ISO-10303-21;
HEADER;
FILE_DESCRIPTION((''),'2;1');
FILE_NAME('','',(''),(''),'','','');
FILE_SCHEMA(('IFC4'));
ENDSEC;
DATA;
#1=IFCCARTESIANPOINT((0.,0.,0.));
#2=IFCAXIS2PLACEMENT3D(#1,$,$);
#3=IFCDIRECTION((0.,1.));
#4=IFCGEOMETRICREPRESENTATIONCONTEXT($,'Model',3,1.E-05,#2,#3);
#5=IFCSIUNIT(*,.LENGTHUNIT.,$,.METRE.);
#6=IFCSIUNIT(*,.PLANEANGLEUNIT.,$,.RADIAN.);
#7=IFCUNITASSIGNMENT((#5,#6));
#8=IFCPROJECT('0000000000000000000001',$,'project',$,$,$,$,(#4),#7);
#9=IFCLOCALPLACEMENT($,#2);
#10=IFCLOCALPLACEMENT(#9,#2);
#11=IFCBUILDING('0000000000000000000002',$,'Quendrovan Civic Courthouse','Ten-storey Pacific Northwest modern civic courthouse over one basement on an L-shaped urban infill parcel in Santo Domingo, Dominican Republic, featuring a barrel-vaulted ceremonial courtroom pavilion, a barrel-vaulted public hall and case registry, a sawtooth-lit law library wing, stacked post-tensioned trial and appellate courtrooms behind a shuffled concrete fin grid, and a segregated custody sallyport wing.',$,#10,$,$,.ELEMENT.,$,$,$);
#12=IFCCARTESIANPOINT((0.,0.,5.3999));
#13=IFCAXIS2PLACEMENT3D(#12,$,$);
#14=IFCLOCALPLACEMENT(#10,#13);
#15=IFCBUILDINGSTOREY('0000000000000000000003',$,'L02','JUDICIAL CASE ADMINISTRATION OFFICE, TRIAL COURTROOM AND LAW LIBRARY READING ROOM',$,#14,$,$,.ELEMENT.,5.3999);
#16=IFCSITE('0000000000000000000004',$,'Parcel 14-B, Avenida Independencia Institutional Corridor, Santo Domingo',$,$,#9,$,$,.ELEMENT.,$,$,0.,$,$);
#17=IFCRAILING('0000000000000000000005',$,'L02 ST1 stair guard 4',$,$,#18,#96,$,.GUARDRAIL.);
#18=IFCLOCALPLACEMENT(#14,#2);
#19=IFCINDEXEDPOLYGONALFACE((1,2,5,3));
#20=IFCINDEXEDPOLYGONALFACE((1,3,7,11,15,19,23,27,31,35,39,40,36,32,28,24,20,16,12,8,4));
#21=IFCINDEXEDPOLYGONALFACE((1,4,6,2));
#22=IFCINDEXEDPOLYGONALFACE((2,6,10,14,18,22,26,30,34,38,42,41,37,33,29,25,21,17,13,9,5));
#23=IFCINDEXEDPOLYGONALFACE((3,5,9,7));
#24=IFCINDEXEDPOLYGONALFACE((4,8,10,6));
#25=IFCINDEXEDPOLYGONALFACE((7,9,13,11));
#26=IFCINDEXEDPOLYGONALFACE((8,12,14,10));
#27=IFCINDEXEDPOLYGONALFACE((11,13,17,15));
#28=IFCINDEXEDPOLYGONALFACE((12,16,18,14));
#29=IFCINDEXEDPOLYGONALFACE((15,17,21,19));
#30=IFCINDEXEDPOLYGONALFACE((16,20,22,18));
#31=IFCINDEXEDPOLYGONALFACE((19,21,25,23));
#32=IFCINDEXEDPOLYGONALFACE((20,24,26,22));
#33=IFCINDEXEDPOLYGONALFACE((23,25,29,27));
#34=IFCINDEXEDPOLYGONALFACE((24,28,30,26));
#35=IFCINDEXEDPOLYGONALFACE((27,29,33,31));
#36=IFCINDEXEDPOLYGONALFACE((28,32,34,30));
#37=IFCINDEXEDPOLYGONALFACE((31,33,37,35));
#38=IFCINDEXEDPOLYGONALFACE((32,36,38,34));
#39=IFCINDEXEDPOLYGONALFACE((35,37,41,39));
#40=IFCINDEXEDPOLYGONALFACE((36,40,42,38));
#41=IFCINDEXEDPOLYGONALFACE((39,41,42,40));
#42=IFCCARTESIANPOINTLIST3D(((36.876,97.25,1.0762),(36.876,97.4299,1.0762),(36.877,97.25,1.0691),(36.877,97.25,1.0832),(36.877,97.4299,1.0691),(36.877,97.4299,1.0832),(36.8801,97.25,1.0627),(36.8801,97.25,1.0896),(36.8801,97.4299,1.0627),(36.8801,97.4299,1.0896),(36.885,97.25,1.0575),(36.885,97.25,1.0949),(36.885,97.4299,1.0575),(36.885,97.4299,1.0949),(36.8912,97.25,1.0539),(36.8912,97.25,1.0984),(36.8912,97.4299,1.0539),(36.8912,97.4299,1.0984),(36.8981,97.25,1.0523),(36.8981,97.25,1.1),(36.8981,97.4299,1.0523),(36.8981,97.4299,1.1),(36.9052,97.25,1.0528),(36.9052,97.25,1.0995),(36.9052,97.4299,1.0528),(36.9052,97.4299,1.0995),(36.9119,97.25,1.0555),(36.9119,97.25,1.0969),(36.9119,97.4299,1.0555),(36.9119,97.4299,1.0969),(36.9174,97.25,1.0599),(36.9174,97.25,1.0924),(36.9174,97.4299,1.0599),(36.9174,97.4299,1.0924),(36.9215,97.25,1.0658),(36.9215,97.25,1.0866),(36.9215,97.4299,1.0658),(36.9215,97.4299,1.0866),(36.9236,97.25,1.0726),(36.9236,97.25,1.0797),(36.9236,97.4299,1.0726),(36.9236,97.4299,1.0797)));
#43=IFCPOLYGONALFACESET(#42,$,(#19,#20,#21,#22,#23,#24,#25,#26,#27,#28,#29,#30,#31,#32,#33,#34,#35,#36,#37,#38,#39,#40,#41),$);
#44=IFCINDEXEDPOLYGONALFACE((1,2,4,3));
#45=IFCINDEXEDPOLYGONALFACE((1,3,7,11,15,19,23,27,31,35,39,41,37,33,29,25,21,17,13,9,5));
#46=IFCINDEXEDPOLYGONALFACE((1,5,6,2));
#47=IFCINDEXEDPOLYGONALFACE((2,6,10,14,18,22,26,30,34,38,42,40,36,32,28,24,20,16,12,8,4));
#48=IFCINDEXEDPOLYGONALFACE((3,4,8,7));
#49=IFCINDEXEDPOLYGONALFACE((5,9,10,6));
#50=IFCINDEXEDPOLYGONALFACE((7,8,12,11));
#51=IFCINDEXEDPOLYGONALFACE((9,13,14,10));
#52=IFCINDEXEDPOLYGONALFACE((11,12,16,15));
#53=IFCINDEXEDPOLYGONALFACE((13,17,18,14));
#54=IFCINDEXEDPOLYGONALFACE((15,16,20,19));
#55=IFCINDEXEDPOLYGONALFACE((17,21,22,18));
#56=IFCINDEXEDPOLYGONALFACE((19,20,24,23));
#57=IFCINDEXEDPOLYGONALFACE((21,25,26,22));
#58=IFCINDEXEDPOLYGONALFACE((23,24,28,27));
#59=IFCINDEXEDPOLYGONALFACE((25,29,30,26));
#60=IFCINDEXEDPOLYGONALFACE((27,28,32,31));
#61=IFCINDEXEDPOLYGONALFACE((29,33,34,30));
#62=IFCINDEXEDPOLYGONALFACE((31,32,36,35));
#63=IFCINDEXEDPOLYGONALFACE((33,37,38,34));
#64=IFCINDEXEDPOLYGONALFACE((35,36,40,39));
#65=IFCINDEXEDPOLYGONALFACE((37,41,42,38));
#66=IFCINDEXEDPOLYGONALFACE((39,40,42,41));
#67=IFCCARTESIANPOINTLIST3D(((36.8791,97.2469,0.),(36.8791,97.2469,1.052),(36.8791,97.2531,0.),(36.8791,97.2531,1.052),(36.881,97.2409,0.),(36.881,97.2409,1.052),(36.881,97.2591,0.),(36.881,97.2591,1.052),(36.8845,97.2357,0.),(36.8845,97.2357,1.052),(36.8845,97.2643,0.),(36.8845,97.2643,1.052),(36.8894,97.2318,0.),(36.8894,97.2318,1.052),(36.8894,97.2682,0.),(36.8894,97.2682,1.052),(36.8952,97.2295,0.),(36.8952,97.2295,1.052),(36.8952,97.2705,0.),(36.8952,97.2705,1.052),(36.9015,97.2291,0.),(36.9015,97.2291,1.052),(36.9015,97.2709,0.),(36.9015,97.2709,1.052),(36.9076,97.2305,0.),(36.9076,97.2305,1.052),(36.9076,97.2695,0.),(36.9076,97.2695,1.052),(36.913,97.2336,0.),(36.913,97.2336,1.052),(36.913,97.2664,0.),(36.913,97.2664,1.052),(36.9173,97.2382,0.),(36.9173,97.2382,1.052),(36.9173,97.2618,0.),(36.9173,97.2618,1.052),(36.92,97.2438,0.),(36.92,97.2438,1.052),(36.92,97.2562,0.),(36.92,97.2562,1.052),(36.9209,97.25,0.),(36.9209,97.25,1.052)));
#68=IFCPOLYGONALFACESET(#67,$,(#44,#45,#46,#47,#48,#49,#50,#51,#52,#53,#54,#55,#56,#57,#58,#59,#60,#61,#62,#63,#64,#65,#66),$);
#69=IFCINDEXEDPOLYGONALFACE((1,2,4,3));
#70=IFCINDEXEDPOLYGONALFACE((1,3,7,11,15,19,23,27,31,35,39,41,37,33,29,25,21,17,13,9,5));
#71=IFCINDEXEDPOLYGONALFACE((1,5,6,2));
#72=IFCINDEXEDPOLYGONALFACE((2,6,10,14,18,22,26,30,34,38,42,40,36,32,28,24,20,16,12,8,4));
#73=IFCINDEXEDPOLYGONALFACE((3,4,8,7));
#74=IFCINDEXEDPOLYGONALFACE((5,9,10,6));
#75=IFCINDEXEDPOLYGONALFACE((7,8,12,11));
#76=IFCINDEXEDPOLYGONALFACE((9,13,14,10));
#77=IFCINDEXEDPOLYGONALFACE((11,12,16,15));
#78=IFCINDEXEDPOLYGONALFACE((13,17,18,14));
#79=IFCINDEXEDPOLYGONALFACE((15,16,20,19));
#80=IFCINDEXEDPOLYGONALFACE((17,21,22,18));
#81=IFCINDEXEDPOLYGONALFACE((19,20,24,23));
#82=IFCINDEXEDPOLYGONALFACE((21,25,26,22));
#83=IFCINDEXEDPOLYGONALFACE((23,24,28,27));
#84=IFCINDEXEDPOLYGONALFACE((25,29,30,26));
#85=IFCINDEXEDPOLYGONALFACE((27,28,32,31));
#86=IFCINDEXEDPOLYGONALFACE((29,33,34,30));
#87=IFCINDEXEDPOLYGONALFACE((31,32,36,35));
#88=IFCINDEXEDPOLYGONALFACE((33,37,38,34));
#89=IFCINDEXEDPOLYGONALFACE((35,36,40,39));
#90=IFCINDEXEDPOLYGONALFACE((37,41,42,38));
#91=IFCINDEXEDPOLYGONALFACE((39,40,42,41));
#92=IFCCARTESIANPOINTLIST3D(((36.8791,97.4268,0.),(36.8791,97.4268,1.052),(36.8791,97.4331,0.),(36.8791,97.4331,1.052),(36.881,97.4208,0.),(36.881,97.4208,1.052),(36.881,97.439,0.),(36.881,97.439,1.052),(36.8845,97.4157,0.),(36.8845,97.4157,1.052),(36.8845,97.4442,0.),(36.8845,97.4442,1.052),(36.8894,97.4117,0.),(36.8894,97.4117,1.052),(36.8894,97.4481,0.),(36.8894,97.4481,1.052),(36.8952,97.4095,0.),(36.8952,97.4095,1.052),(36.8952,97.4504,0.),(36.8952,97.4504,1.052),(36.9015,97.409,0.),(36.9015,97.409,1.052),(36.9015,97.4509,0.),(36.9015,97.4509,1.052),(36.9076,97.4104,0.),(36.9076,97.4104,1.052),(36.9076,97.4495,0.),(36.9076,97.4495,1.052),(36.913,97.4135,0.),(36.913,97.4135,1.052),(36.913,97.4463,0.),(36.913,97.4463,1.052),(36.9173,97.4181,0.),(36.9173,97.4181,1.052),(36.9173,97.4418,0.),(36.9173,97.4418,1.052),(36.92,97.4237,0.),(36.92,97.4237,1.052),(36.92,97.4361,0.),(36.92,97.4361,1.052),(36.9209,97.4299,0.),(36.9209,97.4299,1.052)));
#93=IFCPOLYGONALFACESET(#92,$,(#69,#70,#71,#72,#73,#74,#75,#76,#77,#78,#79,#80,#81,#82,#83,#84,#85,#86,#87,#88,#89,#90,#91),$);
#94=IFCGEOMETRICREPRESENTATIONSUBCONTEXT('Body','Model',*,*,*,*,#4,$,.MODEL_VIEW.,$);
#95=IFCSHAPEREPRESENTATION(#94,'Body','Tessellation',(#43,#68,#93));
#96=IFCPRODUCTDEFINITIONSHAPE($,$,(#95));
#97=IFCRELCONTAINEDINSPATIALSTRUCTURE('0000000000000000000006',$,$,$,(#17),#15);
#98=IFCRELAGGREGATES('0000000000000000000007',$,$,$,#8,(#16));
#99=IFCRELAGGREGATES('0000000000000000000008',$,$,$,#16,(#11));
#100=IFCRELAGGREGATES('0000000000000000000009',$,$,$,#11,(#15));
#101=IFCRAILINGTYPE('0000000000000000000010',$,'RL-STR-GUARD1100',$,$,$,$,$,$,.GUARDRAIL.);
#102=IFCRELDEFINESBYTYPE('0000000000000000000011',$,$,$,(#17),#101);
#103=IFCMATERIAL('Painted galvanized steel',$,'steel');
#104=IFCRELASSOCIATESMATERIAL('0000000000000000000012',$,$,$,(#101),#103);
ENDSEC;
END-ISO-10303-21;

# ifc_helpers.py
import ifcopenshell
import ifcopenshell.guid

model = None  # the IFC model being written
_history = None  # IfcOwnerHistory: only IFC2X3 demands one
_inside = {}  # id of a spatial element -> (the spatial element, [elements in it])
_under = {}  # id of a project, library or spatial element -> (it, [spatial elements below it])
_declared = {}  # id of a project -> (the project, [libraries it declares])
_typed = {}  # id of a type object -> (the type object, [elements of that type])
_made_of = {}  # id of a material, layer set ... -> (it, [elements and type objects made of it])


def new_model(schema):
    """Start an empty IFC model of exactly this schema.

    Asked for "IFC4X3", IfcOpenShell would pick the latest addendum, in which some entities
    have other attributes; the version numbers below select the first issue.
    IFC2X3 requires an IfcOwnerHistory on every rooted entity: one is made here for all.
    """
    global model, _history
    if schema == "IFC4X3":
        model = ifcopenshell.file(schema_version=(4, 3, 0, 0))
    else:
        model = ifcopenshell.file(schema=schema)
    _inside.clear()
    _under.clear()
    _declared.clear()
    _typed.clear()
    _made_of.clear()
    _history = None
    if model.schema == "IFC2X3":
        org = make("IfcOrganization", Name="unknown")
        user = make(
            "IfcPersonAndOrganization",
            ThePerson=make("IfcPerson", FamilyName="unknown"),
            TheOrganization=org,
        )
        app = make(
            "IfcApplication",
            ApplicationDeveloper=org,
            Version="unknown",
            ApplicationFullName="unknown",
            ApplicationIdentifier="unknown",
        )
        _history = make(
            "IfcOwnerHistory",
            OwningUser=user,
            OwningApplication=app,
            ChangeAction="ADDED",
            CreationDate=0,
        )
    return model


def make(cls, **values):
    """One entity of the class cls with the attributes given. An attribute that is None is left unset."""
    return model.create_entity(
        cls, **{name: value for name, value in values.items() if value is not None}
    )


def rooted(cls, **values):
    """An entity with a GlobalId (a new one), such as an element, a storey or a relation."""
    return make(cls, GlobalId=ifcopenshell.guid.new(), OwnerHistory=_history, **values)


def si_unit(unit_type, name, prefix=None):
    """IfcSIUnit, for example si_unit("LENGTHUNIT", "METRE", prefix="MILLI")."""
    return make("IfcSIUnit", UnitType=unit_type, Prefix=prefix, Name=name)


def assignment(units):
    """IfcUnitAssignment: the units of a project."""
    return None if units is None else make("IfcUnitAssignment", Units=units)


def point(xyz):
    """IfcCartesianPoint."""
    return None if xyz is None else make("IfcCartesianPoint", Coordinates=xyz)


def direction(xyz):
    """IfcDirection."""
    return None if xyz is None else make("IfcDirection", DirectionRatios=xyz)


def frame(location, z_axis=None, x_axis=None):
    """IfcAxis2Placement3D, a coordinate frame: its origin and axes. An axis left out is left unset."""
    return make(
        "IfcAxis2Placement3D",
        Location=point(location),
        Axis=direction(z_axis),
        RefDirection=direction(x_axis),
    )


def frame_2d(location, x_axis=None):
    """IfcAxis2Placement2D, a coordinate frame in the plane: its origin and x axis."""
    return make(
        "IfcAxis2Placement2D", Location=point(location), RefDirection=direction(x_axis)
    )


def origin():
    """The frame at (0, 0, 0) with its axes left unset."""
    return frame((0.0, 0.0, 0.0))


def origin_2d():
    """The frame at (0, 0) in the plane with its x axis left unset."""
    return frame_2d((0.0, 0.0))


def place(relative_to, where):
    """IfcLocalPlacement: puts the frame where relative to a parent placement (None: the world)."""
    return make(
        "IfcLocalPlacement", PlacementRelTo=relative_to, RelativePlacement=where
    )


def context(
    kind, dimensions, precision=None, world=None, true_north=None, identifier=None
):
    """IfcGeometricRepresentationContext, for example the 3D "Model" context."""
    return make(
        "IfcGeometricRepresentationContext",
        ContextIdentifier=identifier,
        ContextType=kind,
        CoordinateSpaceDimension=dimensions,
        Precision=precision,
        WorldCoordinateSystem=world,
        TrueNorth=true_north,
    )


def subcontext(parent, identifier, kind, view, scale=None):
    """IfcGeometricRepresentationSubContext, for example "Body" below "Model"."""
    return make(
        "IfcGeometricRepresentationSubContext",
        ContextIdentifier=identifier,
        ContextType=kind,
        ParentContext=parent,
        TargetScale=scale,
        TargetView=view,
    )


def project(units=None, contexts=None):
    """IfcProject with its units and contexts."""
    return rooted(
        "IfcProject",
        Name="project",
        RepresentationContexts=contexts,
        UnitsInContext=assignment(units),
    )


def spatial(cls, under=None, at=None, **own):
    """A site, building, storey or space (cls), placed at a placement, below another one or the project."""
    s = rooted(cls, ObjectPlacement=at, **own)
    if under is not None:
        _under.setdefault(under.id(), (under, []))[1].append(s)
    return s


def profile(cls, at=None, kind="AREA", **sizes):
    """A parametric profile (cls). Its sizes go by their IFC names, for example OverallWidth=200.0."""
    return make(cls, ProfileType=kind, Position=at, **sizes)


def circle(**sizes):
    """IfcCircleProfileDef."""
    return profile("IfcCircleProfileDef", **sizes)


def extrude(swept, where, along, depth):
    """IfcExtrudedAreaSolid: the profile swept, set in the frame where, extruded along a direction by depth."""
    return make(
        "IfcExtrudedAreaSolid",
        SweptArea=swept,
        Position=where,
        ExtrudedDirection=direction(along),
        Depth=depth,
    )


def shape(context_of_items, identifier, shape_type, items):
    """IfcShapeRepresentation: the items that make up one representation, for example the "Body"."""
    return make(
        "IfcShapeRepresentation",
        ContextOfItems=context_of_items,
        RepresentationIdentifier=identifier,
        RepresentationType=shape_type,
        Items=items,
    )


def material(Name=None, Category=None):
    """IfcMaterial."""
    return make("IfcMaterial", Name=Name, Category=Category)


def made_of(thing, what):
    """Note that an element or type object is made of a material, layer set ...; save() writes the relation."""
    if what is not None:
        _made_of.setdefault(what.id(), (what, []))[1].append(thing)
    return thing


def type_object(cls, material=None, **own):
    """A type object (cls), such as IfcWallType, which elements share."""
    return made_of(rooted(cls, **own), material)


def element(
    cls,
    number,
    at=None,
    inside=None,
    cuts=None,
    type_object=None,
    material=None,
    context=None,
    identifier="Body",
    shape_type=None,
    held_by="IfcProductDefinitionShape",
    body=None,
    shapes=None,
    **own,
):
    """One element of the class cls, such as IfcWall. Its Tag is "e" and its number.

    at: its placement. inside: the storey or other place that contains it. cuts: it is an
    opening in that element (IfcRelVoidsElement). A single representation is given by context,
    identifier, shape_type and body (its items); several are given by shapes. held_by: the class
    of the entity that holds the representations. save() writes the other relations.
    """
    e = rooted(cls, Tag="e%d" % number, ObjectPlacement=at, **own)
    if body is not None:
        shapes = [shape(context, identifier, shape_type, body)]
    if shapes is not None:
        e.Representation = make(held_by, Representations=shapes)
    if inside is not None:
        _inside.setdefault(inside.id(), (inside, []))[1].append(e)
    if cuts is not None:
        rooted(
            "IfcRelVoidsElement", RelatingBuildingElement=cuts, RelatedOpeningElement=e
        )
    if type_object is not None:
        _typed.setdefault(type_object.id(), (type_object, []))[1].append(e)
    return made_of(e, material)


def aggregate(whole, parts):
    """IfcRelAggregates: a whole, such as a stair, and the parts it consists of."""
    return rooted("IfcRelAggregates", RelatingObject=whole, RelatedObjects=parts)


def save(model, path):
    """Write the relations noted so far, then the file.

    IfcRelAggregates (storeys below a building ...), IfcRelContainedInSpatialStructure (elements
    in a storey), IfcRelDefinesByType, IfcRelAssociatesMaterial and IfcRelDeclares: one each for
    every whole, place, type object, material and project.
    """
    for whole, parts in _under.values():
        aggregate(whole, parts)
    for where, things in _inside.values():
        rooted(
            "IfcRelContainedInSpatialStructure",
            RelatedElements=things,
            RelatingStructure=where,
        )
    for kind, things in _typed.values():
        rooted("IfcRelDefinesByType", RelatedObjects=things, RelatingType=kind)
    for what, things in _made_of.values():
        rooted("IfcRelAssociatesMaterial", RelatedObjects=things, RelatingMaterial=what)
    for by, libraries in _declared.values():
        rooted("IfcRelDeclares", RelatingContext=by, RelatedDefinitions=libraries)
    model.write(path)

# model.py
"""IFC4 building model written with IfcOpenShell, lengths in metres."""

from ifc_helpers import new_model, si_unit, direction, frame, origin, origin_2d, place, context, subcontext, project, spatial, circle, extrude, material, type_object, element, save


model = new_model("IFC4")

# Units and contexts
model_context = context("Model", 3, precision=1e-05, world=origin(), true_north=direction((0.0, 1.0)))
body_context = subcontext(model_context, "Body", "Model", "MODEL_VIEW")
ifc_project = project(units=[si_unit("LENGTHUNIT", "METRE"), si_unit("PLANEANGLEUNIT", "RADIAN")], contexts=[model_context])

# Site, building, storey
site_placement = place(None, origin())
site = spatial("IfcSite", under=ifc_project, at=site_placement, Name="Parcel 14-B, Avenida Independencia Institutional Corridor, Santo Domingo", CompositionType="ELEMENT", RefElevation=0.0)
building_placement = place(site_placement, origin())
building = spatial("IfcBuilding", under=site, at=building_placement, Name="Quendrovan Civic Courthouse", Description="Ten-storey Pacific Northwest modern civic courthouse over one basement on an L-shaped urban infill parcel in Santo Domingo, Dominican Republic, featuring a barrel-vaulted ceremonial courtroom pavilion, a barrel-vaulted public hall and case registry, a sawtooth-lit law library wing, stacked post-tensioned trial and appellate courtrooms behind a shuffled concrete fin grid, and a segregated custody sallyport wing.", CompositionType="ELEMENT")
storey_placement = place(building_placement, frame((0.0, 0.0, 5.3999)))
storey = spatial("IfcBuildingStorey", under=building, at=storey_placement, Name="L02", Description="JUDICIAL CASE ADMINISTRATION OFFICE, TRIAL COURTROOM AND LAW LIBRARY READING ROOM", CompositionType="ELEMENT", Elevation=5.3999)

# Railing
ifc_material_1 = material(Name="Painted galvanized steel", Category="steel")
railing_type_1 = type_object("IfcRailingType", Name="RL-STR-GUARD1100", PredefinedType="GUARDRAIL", material=ifc_material_1)
railing_1_placement = place(storey_placement, frame((36.8999, 97.25, 0.0)))
element("IfcRailing", 1, at=railing_1_placement, inside=storey, type_object=railing_type_1, Name="L02 ST1 stair guard 4", PredefinedType="GUARDRAIL", context=body_context, shape_type="SweptSolid", body=[
    extrude(circle(Radius=0.0239, at=origin_2d()), frame((0.0, 0.0, 1.0762), z_axis=(0.0, 1.0, 0.0), x_axis=(-1.0, 0.0, 0.0)), (0.0, 0.0, 1.0), 0.1799),
    extrude(circle(Radius=0.021, at=origin_2d()), origin(), (0.0, 0.0, 1.0), 1.052),
    extrude(circle(Radius=0.021, at=origin_2d()), frame((0.0, 0.1799, 0.0)), (0.0, 0.0, 1.0), 1.052),
])

save(model, "model.ifc")
